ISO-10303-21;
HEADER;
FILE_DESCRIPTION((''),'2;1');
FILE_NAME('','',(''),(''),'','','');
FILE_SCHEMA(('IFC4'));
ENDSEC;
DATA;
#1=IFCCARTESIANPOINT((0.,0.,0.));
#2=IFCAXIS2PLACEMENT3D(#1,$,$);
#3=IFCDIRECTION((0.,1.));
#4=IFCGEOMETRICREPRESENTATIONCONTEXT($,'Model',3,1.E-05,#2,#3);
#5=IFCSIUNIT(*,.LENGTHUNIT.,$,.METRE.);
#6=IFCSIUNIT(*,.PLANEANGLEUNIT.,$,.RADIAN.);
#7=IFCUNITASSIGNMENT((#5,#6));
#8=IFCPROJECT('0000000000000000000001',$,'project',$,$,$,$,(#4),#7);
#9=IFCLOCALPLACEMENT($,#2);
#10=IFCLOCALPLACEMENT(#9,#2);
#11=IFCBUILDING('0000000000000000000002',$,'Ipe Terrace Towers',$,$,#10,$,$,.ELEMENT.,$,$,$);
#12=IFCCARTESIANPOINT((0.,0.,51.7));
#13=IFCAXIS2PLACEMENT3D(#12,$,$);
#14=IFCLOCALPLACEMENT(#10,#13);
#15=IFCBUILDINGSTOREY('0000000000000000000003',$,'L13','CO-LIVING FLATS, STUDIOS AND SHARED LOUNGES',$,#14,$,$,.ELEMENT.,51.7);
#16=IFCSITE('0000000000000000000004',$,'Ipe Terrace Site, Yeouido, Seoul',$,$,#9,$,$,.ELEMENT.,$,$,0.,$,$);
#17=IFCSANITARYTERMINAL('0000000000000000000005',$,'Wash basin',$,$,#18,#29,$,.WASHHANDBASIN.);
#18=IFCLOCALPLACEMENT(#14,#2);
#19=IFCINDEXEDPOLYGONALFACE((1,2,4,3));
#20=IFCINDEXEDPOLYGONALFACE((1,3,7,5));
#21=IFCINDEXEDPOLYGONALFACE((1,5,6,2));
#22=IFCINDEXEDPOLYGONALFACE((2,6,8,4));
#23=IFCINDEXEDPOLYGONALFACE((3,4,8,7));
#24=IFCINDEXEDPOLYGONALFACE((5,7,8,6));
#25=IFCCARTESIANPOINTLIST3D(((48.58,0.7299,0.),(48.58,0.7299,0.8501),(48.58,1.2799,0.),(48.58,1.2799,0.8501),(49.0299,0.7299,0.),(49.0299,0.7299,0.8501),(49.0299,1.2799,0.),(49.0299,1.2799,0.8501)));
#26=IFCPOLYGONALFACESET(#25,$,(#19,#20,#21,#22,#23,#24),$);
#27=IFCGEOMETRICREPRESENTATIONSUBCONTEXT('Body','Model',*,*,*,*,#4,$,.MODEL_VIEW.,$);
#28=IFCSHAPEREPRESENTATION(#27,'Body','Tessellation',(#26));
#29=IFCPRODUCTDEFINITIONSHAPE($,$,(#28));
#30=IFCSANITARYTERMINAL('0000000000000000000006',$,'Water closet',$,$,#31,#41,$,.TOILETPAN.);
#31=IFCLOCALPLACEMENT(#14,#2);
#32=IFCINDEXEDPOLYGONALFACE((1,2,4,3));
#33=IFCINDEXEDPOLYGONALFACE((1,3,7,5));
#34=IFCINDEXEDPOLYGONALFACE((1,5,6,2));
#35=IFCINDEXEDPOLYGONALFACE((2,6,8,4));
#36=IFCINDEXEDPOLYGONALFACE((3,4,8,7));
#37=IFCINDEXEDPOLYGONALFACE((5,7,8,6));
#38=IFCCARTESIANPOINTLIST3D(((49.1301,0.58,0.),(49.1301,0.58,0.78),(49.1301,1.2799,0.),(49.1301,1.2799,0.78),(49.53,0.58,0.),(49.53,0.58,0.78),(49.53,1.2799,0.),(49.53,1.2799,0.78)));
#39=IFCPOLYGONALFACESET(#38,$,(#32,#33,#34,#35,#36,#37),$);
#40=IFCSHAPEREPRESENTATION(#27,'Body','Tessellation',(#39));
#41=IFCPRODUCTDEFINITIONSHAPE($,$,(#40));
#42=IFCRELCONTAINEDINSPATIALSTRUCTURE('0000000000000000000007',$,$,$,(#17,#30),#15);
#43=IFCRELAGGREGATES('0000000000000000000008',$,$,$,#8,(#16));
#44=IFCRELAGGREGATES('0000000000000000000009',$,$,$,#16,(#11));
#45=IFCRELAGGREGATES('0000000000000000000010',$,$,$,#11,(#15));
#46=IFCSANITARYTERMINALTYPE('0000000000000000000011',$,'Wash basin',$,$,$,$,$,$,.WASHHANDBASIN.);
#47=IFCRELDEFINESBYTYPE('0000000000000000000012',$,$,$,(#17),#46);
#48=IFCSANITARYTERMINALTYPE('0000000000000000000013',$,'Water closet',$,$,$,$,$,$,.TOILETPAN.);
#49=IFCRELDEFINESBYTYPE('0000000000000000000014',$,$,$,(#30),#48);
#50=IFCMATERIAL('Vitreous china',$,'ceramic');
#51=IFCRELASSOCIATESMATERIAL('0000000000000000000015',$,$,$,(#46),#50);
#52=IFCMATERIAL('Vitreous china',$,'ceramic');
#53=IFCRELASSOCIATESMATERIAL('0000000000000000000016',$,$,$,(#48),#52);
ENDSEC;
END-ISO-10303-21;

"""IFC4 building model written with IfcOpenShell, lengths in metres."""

from ifc_helpers import new_model, si_unit, direction, frame, origin, origin_2d, place, context, subcontext, project, spatial, rectangle, extrude, material, type_object, element, save


model = new_model("IFC4")

# Units and contexts
model_context = context("Model", 3, precision=1e-05, world=origin(), true_north=direction((0.0, 1.0)))
body_context = subcontext(model_context, "Body", "Model", "MODEL_VIEW")
ifc_project = project(units=[si_unit("LENGTHUNIT", "METRE"), si_unit("PLANEANGLEUNIT", "RADIAN")], contexts=[model_context])

# Site, building, storey
site_placement = place(None, origin())
site = spatial("IfcSite", under=ifc_project, at=site_placement, Name="Ipe Terrace Site, Yeouido, Seoul", CompositionType="ELEMENT", RefElevation=0.0)
building_placement = place(site_placement, origin())
building = spatial("IfcBuilding", under=site, at=building_placement, Name="Ipe Terrace Towers", CompositionType="ELEMENT")
storey_placement = place(building_placement, frame((0.0, 0.0, 51.7)))
storey = spatial("IfcBuildingStorey", under=building, at=storey_placement, Name="L13", Description="CO-LIVING FLATS, STUDIOS AND SHARED LOUNGES", CompositionType="ELEMENT", Elevation=51.7)

# Sanitary terminals
ifc_material_1 = material(Name="Vitreous china", Category="ceramic")
sanitary_terminal_type_1 = type_object("IfcSanitaryTerminalType", Name="Wash basin", PredefinedType="WASHHANDBASIN", material=ifc_material_1)
sanitary_terminal_1_placement = place(storey_placement, frame((48.8049, 1.0049, 0.0), z_axis=(0.0, 0.0, 1.0), x_axis=(0.0, -1.0, 0.0)))
element("IfcSanitaryTerminal", 1, at=sanitary_terminal_1_placement, inside=storey, type_object=sanitary_terminal_type_1, Name="Wash basin", PredefinedType="WASHHANDBASIN", context=body_context, shape_type="SweptSolid", body=[
    extrude(rectangle(XDim=0.55, YDim=0.45, at=origin_2d()), origin(), (0.0, 0.0, 1.0), 0.8501),
])
ifc_material_2 = material(Name="Vitreous china", Category="ceramic")
sanitary_terminal_type_2 = type_object("IfcSanitaryTerminalType", Name="Water closet", PredefinedType="TOILETPAN", material=ifc_material_2)
sanitary_terminal_2_placement = place(storey_placement, frame((49.3301, 0.9299, 0.0), z_axis=(0.0, 0.0, 1.0), x_axis=(0.0, -1.0, 0.0)))
element("IfcSanitaryTerminal", 2, at=sanitary_terminal_2_placement, inside=storey, type_object=sanitary_terminal_type_2, Name="Water closet", PredefinedType="TOILETPAN", context=body_context, shape_type="SweptSolid", body=[
    extrude(rectangle(XDim=0.7, YDim=0.3999, at=origin_2d()), origin(), (0.0, 0.0, 1.0), 0.78),
])

save(model, "model.ifc")
